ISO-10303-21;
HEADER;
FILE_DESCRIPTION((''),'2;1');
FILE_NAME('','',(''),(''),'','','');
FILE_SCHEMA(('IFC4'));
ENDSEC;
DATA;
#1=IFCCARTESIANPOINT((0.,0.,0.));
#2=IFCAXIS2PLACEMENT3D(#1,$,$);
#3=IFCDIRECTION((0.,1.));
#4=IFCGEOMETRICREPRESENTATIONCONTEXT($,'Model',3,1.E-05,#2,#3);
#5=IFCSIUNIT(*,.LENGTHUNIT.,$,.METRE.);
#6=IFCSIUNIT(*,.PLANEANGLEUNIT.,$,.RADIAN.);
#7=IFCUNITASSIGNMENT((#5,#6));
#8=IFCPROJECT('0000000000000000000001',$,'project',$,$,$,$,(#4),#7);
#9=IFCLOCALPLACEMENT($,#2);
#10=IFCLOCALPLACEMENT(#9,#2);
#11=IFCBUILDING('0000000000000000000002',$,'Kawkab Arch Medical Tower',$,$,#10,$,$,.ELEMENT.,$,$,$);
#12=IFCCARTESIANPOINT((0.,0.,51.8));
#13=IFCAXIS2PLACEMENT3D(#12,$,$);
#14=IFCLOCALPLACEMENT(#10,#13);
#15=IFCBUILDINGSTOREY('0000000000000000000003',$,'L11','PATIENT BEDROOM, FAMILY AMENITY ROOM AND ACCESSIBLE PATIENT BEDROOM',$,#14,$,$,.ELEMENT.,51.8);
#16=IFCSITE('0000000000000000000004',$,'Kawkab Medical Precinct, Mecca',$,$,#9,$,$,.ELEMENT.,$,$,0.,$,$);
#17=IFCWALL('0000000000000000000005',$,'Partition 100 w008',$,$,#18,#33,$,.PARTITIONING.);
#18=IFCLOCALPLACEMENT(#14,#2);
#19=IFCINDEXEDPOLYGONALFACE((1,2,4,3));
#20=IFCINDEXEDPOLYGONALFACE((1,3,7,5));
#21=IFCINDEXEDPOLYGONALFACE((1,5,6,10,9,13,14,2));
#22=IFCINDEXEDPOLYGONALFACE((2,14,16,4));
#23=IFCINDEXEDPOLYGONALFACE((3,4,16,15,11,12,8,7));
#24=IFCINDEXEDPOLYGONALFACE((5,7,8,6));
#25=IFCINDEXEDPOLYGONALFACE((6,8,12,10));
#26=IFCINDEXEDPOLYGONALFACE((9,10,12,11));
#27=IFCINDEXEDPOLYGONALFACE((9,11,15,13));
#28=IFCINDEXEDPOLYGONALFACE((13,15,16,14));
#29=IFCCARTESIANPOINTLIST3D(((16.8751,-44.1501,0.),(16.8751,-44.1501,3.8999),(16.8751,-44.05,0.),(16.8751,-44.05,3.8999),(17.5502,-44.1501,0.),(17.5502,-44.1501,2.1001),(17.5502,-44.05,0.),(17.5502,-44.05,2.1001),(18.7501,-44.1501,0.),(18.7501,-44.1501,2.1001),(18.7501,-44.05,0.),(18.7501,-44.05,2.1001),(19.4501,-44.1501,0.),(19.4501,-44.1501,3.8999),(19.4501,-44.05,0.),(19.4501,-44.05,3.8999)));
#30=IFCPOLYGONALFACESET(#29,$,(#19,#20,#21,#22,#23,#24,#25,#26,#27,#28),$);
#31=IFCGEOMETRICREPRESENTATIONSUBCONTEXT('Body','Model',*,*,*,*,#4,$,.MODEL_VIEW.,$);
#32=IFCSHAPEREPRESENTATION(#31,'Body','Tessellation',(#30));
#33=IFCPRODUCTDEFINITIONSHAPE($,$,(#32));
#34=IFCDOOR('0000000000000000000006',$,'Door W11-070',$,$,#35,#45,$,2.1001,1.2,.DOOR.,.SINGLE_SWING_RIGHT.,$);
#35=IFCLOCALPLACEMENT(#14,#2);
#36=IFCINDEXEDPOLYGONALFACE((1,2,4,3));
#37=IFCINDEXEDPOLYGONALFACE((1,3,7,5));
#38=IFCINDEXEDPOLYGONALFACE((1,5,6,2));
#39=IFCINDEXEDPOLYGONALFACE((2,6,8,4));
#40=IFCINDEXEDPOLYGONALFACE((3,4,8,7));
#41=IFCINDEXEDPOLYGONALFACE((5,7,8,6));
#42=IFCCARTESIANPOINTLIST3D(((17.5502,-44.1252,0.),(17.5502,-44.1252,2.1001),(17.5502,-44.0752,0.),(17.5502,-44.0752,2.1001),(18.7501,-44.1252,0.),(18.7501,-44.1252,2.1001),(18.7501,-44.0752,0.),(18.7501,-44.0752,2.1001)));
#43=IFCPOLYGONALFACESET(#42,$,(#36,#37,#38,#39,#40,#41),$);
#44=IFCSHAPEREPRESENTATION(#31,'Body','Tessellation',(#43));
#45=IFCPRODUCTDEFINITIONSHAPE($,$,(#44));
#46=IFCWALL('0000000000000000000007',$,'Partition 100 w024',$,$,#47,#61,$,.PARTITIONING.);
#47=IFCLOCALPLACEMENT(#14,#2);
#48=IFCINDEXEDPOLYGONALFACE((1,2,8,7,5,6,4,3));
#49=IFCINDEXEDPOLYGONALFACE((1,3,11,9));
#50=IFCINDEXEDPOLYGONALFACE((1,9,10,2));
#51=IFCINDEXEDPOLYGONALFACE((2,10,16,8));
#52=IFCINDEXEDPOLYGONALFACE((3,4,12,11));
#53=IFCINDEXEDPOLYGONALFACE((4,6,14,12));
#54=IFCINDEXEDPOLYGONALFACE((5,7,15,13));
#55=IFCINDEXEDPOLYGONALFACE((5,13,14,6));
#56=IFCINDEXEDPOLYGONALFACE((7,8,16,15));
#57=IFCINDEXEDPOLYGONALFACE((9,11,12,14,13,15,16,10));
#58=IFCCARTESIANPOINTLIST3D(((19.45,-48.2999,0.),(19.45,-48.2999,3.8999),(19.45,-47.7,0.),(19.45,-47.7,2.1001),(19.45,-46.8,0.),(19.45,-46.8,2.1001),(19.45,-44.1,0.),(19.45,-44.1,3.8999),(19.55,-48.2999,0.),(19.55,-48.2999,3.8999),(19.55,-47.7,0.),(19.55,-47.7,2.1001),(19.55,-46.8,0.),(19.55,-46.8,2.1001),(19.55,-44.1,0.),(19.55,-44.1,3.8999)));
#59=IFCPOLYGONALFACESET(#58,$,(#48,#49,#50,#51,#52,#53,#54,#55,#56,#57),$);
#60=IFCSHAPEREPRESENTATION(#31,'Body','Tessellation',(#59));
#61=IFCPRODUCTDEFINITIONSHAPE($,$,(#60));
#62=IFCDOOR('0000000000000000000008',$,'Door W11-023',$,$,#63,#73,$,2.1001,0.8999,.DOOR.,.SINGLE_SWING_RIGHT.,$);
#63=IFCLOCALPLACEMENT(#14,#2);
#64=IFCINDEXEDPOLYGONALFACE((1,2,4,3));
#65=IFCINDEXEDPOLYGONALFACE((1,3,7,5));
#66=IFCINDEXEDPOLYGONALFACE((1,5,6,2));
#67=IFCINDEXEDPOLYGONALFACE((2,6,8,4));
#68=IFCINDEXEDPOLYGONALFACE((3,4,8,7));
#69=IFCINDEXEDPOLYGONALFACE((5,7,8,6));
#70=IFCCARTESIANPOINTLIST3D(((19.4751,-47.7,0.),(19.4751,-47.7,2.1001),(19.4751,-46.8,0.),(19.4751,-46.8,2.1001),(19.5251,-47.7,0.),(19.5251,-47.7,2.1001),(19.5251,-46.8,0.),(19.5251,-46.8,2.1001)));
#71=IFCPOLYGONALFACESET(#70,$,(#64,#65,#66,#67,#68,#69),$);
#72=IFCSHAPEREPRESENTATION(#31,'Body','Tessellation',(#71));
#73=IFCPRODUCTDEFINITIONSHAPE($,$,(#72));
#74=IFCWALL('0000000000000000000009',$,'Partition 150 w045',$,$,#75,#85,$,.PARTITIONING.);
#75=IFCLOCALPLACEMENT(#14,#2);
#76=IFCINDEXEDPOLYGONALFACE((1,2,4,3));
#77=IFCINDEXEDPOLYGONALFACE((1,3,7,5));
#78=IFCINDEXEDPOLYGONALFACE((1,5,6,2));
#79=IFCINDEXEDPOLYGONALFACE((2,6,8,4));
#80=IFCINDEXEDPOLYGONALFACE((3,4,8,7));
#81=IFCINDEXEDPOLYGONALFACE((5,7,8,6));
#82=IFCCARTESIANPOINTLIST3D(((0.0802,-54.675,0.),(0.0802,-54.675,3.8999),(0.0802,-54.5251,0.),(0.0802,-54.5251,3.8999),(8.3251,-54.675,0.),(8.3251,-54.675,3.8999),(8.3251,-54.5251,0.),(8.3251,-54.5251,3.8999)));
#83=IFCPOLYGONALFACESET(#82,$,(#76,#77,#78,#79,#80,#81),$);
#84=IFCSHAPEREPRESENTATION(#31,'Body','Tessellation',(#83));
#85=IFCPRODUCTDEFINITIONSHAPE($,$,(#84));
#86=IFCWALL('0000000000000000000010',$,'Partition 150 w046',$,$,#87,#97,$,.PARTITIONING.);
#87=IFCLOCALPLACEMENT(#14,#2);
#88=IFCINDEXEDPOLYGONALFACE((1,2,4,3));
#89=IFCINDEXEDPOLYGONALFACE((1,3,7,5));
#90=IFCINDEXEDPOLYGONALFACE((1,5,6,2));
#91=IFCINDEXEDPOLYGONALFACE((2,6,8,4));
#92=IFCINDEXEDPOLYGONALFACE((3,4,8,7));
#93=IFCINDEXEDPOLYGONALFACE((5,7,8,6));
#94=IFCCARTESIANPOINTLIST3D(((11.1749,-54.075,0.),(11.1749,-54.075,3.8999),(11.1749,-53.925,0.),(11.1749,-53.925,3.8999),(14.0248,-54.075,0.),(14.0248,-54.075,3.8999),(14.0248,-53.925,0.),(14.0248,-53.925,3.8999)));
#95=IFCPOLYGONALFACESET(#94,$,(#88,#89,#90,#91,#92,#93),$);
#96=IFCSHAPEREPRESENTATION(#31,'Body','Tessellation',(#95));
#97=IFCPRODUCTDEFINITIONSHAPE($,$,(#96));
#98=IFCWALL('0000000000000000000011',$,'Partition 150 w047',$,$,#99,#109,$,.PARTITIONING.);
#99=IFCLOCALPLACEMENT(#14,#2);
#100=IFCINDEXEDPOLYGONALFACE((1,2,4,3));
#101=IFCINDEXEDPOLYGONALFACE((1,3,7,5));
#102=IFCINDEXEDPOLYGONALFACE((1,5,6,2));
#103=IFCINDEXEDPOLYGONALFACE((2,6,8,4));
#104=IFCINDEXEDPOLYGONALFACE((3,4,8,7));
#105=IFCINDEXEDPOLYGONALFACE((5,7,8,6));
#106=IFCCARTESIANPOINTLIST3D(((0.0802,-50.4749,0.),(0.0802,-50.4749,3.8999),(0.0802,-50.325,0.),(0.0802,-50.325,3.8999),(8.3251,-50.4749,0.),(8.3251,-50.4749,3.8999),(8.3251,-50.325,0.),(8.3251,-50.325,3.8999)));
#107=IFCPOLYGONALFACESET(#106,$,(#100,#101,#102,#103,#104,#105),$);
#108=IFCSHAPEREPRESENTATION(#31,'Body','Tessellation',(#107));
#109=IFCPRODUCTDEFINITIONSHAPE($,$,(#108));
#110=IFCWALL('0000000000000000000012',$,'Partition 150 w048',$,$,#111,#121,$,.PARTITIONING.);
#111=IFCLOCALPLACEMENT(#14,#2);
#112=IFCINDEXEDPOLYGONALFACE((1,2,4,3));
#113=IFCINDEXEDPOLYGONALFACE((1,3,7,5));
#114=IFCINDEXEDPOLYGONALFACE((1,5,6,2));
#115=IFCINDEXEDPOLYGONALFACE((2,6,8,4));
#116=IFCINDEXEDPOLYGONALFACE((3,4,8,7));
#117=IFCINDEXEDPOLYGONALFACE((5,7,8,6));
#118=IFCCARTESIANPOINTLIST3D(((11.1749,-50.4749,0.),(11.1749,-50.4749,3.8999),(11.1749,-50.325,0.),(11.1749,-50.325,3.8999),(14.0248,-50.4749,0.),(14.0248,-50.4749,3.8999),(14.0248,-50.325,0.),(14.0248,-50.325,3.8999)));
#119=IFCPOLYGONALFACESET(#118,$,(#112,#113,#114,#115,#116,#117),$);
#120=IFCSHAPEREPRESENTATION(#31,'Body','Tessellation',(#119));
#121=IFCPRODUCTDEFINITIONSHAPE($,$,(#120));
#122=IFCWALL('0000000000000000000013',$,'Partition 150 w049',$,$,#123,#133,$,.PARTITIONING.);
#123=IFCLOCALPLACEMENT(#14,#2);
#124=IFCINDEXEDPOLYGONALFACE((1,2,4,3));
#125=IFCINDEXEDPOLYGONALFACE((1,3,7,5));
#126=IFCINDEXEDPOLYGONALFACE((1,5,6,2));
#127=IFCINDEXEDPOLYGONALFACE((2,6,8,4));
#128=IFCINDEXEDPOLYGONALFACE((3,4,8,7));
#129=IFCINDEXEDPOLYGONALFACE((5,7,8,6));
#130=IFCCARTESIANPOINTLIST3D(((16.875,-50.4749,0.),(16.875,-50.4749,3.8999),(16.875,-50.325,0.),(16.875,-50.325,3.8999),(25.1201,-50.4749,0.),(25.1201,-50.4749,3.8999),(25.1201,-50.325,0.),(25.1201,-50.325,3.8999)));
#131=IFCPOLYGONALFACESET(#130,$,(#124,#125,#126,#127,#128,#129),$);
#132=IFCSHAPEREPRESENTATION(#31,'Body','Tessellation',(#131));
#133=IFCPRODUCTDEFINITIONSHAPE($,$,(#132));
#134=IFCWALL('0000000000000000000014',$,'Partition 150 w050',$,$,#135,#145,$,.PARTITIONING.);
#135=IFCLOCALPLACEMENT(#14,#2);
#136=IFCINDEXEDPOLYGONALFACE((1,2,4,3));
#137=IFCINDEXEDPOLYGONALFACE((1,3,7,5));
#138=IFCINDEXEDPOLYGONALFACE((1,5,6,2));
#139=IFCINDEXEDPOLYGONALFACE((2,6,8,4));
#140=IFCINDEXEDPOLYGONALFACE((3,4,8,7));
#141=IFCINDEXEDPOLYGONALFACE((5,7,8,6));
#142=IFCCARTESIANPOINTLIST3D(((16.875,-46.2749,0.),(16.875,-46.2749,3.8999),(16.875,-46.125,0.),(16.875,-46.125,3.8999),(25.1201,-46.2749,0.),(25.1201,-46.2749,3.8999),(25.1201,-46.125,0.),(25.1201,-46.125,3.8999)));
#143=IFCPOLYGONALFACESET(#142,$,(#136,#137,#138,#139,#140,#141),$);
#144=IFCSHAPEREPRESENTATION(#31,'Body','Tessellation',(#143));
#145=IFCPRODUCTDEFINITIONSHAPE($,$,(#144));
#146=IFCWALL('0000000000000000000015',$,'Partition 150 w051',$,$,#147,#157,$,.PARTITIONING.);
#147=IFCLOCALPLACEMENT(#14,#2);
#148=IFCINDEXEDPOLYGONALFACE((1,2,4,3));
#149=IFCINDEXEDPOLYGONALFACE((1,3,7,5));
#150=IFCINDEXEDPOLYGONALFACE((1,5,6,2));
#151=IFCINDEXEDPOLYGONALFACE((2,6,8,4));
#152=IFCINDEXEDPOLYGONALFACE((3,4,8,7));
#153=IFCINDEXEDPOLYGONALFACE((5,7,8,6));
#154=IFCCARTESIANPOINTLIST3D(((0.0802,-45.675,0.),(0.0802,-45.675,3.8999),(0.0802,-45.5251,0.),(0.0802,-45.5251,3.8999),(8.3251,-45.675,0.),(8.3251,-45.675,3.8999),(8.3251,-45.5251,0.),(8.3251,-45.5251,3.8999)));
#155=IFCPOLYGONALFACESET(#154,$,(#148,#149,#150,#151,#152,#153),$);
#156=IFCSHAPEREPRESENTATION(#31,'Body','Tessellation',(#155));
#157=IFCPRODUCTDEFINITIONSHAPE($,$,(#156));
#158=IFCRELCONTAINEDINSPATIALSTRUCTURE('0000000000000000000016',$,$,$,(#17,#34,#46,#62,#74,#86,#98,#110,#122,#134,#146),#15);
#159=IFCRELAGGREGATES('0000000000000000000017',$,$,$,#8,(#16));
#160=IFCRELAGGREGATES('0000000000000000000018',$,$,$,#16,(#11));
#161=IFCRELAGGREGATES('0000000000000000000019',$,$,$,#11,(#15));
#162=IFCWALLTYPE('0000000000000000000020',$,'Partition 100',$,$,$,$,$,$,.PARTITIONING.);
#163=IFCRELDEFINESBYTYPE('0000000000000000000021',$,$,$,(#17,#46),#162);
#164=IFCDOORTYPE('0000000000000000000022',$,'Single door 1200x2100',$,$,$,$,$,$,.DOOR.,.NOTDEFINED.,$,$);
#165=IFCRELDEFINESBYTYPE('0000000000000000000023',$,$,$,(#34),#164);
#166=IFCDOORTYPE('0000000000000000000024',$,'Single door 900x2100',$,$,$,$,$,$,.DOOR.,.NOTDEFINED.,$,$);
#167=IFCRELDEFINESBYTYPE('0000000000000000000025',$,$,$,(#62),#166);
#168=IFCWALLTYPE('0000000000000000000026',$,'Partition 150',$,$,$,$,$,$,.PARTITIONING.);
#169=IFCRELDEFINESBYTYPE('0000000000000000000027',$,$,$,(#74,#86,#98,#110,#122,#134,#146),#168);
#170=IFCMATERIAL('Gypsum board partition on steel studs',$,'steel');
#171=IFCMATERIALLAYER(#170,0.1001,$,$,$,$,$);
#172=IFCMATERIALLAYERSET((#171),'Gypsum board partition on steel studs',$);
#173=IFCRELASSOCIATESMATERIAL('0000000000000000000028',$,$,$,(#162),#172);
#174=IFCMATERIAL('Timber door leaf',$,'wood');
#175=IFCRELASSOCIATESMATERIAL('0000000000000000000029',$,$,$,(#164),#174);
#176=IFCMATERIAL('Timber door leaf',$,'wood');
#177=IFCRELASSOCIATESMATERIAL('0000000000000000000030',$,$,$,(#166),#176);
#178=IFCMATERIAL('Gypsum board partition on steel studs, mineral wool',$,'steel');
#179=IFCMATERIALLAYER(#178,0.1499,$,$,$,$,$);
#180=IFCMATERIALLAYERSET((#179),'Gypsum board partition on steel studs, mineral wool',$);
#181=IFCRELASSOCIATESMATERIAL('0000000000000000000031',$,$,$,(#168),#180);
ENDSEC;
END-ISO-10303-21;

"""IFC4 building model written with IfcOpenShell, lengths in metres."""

from ifc_helpers import new_model, si_unit, direction, frame, frame_2d, origin, place, context, subcontext, project, spatial, rectangle, extrude, material, layer, layer_set, type_object, element, fill, save


model = new_model("IFC4")

# Units and contexts
model_context = context("Model", 3, precision=1e-05, world=origin(), true_north=direction((0.0, 1.0)))
body_context = subcontext(model_context, "Body", "Model", "MODEL_VIEW")
ifc_project = project(units=[si_unit("LENGTHUNIT", "METRE"), si_unit("PLANEANGLEUNIT", "RADIAN")], contexts=[model_context])

# Site, building, storey
site_placement = place(None, origin())
site = spatial("IfcSite", under=ifc_project, at=site_placement, Name="Kawkab Medical Precinct, Mecca", CompositionType="ELEMENT", RefElevation=0.0)
building_placement = place(site_placement, origin())
building = spatial("IfcBuilding", under=site, at=building_placement, Name="Kawkab Arch Medical Tower", CompositionType="ELEMENT")
storey_placement = place(building_placement, frame((0.0, 0.0, 51.8)))
storey = spatial("IfcBuildingStorey", under=building, at=storey_placement, Name="L11", Description="PATIENT BEDROOM, FAMILY AMENITY ROOM AND ACCESSIBLE PATIENT BEDROOM", CompositionType="ELEMENT", Elevation=51.8)

# Shared definitions
ifc_material_1 = material(Name="Gypsum board partition on steel studs", Category="steel")
ifc_layer_1 = layer(ifc_material_1, 0.1001)
ifc_layer_set_1 = layer_set([ifc_layer_1], Name="Gypsum board partition on steel studs")
wall_type_1 = type_object("IfcWallType", Name="Partition 100", PredefinedType="PARTITIONING", material=ifc_layer_set_1)

# Walls, openings, doors
wall_1_placement = place(storey_placement, frame((16.875, -44.1001, 0.0), z_axis=(0.0, 0.0, 1.0), x_axis=(1.0, 0.0, 0.0)))
wall_1 = element("IfcWall", 1, at=wall_1_placement, inside=storey, type_object=wall_type_1, Name="Partition 100 w008", PredefinedType="PARTITIONING", context=body_context, shape_type="SweptSolid", body=[
    extrude(rectangle(XDim=2.575, YDim=0.1001, at=frame_2d((1.2876, 0.0))), origin(), (0.0, 0.0, 1.0), 3.8999),
])
opening_1_placement = place(wall_1_placement, frame((0.675, 0.0, 0.0)))
opening_1 = element("IfcOpeningElement", 2, at=opening_1_placement, cuts=wall_1, PredefinedType="OPENING", context=body_context, shape_type="SweptSolid", body=[
    extrude(rectangle(XDim=1.2, YDim=2.1001, at=frame_2d((0.6001, 1.05))), frame((0.0, 0.0601, 0.0), z_axis=(0.0, -1.0, 0.0), x_axis=(1.0, 0.0, 0.0)), (0.0, 0.0, 1.0), 0.1201),
])
ifc_material_2 = material(Name="Timber door leaf", Category="wood")
door_type_1 = type_object("IfcDoorType", Name="Single door 1200x2100", OperationType="NOTDEFINED", PredefinedType="DOOR", material=ifc_material_2)
door_1_placement = place(opening_1_placement, origin())
door_1 = element("IfcDoor", 3, at=door_1_placement, inside=storey, type_object=door_type_1, Name="Door W11-070", OperationType="SINGLE_SWING_RIGHT", OverallHeight=2.1001, OverallWidth=1.2, PredefinedType="DOOR", context=body_context, shape_type="SweptSolid", body=[
    extrude(rectangle(XDim=1.2, YDim=2.1001, at=frame_2d((0.6001, 1.05))), frame((0.0, 0.0249, 0.0), z_axis=(0.0, -1.0, 0.0), x_axis=(1.0, 0.0, 0.0)), (0.0, 0.0, 1.0), 0.05),
])
fill(opening_1, door_1)
wall_2_placement = place(storey_placement, frame((19.5, -48.3, 0.0), z_axis=(0.0, 0.0, 1.0), x_axis=(0.0, 1.0, 0.0)))
wall_2 = element("IfcWall", 4, at=wall_2_placement, inside=storey, type_object=wall_type_1, Name="Partition 100 w024", PredefinedType="PARTITIONING", context=body_context, shape_type="SweptSolid", body=[
    extrude(rectangle(XDim=4.2, YDim=0.1001, at=frame_2d((2.1001, 0.0))), origin(), (0.0, 0.0, 1.0), 3.8999),
])
opening_2_placement = place(wall_2_placement, frame((0.6001, 0.0, 0.0)))
opening_2 = element("IfcOpeningElement", 5, at=opening_2_placement, cuts=wall_2, PredefinedType="OPENING", context=body_context, shape_type="SweptSolid", body=[
    extrude(rectangle(XDim=0.8999, YDim=2.1001, at=frame_2d((0.45, 1.05))), frame((0.0, 0.0601, 0.0), z_axis=(0.0, -1.0, 0.0), x_axis=(1.0, 0.0, 0.0)), (0.0, 0.0, 1.0), 0.1201),
])
ifc_material_3 = material(Name="Timber door leaf", Category="wood")
door_type_2 = type_object("IfcDoorType", Name="Single door 900x2100", OperationType="NOTDEFINED", PredefinedType="DOOR", material=ifc_material_3)
door_2_placement = place(opening_2_placement, origin())
door_2 = element("IfcDoor", 6, at=door_2_placement, inside=storey, type_object=door_type_2, Name="Door W11-023", OperationType="SINGLE_SWING_RIGHT", OverallHeight=2.1001, OverallWidth=0.8999, PredefinedType="DOOR", context=body_context, shape_type="SweptSolid", body=[
    extrude(rectangle(XDim=0.8999, YDim=2.1001, at=frame_2d((0.45, 1.05))), frame((0.0, 0.0249, 0.0), z_axis=(0.0, -1.0, 0.0), x_axis=(1.0, 0.0, 0.0)), (0.0, 0.0, 1.0), 0.05),
])
fill(opening_2, door_2)

# Walls
ifc_material_4 = material(Name="Gypsum board partition on steel studs, mineral wool", Category="steel")
ifc_layer_2 = layer(ifc_material_4, 0.1499)
ifc_layer_set_2 = layer_set([ifc_layer_2], Name="Gypsum board partition on steel studs, mineral wool")
wall_type_2 = type_object("IfcWallType", Name="Partition 150", PredefinedType="PARTITIONING", material=ifc_layer_set_2)
wall_3_placement = place(storey_placement, frame((0.0801, -54.6001, 0.0), z_axis=(0.0, 0.0, 1.0), x_axis=(1.0, 0.0, 0.0)))
element("IfcWall", 7, at=wall_3_placement, inside=storey, type_object=wall_type_2, Name="Partition 150 w045", PredefinedType="PARTITIONING", context=body_context, shape_type="SweptSolid", body=[
    extrude(rectangle(XDim=8.2449, YDim=0.1499, at=frame_2d((4.1226, 0.0))), origin(), (0.0, 0.0, 1.0), 3.8999),
])
wall_4_placement = place(storey_placement, frame((11.175, -54.0, 0.0), z_axis=(0.0, 0.0, 1.0), x_axis=(1.0, 0.0, 0.0)))
element("IfcWall", 8, at=wall_4_placement, inside=storey, type_object=wall_type_2, Name="Partition 150 w046", PredefinedType="PARTITIONING", context=body_context, shape_type="SweptSolid", body=[
    extrude(rectangle(XDim=2.8499, YDim=0.1499, at=frame_2d((1.4248, 0.0))), origin(), (0.0, 0.0, 1.0), 3.8999),
])
wall_5_placement = place(storey_placement, frame((0.0801, -50.3999, 0.0), z_axis=(0.0, 0.0, 1.0), x_axis=(1.0, 0.0, 0.0)))
element("IfcWall", 9, at=wall_5_placement, inside=storey, type_object=wall_type_2, Name="Partition 150 w047", PredefinedType="PARTITIONING", context=body_context, shape_type="SweptSolid", body=[
    extrude(rectangle(XDim=8.2449, YDim=0.1499, at=frame_2d((4.1226, 0.0))), origin(), (0.0, 0.0, 1.0), 3.8999),
])
wall_6_placement = place(storey_placement, frame((11.175, -50.3999, 0.0), z_axis=(0.0, 0.0, 1.0), x_axis=(1.0, 0.0, 0.0)))
element("IfcWall", 10, at=wall_6_placement, inside=storey, type_object=wall_type_2, Name="Partition 150 w048", PredefinedType="PARTITIONING", context=body_context, shape_type="SweptSolid", body=[
    extrude(rectangle(XDim=2.8499, YDim=0.1499, at=frame_2d((1.4248, 0.0))), origin(), (0.0, 0.0, 1.0), 3.8999),
])
for number, where, z_axis, x_axis, name in (
    (11, (16.875, -50.3999, 0.0), (0.0, 0.0, 1.0), (1.0, 0.0, 0.0), "Partition 150 w049"),
    (12, (16.875, -46.2, 0.0), (0.0, 0.0, 1.0), (1.0, 0.0, 0.0), "Partition 150 w050"),
):
    element("IfcWall", number, at=place(storey_placement, frame(where, z_axis=z_axis, x_axis=x_axis)), inside=storey, type_object=wall_type_2, Name=name, PredefinedType="PARTITIONING", context=body_context, shape_type="SweptSolid", body=[
        extrude(rectangle(XDim=8.2451, YDim=0.1499, at=frame_2d((4.1226, 0.0))), origin(), (0.0, 0.0, 1.0), 3.8999),
    ])
wall_7_placement = place(storey_placement, frame((0.0801, -45.6001, 0.0), z_axis=(0.0, 0.0, 1.0), x_axis=(1.0, 0.0, 0.0)))
element("IfcWall", 13, at=wall_7_placement, inside=storey, type_object=wall_type_2, Name="Partition 150 w051", PredefinedType="PARTITIONING", context=body_context, shape_type="SweptSolid", body=[
    extrude(rectangle(XDim=8.2449, YDim=0.1499, at=frame_2d((4.1226, 0.0))), origin(), (0.0, 0.0, 1.0), 3.8999),
])

save(model, "model.ifc")
